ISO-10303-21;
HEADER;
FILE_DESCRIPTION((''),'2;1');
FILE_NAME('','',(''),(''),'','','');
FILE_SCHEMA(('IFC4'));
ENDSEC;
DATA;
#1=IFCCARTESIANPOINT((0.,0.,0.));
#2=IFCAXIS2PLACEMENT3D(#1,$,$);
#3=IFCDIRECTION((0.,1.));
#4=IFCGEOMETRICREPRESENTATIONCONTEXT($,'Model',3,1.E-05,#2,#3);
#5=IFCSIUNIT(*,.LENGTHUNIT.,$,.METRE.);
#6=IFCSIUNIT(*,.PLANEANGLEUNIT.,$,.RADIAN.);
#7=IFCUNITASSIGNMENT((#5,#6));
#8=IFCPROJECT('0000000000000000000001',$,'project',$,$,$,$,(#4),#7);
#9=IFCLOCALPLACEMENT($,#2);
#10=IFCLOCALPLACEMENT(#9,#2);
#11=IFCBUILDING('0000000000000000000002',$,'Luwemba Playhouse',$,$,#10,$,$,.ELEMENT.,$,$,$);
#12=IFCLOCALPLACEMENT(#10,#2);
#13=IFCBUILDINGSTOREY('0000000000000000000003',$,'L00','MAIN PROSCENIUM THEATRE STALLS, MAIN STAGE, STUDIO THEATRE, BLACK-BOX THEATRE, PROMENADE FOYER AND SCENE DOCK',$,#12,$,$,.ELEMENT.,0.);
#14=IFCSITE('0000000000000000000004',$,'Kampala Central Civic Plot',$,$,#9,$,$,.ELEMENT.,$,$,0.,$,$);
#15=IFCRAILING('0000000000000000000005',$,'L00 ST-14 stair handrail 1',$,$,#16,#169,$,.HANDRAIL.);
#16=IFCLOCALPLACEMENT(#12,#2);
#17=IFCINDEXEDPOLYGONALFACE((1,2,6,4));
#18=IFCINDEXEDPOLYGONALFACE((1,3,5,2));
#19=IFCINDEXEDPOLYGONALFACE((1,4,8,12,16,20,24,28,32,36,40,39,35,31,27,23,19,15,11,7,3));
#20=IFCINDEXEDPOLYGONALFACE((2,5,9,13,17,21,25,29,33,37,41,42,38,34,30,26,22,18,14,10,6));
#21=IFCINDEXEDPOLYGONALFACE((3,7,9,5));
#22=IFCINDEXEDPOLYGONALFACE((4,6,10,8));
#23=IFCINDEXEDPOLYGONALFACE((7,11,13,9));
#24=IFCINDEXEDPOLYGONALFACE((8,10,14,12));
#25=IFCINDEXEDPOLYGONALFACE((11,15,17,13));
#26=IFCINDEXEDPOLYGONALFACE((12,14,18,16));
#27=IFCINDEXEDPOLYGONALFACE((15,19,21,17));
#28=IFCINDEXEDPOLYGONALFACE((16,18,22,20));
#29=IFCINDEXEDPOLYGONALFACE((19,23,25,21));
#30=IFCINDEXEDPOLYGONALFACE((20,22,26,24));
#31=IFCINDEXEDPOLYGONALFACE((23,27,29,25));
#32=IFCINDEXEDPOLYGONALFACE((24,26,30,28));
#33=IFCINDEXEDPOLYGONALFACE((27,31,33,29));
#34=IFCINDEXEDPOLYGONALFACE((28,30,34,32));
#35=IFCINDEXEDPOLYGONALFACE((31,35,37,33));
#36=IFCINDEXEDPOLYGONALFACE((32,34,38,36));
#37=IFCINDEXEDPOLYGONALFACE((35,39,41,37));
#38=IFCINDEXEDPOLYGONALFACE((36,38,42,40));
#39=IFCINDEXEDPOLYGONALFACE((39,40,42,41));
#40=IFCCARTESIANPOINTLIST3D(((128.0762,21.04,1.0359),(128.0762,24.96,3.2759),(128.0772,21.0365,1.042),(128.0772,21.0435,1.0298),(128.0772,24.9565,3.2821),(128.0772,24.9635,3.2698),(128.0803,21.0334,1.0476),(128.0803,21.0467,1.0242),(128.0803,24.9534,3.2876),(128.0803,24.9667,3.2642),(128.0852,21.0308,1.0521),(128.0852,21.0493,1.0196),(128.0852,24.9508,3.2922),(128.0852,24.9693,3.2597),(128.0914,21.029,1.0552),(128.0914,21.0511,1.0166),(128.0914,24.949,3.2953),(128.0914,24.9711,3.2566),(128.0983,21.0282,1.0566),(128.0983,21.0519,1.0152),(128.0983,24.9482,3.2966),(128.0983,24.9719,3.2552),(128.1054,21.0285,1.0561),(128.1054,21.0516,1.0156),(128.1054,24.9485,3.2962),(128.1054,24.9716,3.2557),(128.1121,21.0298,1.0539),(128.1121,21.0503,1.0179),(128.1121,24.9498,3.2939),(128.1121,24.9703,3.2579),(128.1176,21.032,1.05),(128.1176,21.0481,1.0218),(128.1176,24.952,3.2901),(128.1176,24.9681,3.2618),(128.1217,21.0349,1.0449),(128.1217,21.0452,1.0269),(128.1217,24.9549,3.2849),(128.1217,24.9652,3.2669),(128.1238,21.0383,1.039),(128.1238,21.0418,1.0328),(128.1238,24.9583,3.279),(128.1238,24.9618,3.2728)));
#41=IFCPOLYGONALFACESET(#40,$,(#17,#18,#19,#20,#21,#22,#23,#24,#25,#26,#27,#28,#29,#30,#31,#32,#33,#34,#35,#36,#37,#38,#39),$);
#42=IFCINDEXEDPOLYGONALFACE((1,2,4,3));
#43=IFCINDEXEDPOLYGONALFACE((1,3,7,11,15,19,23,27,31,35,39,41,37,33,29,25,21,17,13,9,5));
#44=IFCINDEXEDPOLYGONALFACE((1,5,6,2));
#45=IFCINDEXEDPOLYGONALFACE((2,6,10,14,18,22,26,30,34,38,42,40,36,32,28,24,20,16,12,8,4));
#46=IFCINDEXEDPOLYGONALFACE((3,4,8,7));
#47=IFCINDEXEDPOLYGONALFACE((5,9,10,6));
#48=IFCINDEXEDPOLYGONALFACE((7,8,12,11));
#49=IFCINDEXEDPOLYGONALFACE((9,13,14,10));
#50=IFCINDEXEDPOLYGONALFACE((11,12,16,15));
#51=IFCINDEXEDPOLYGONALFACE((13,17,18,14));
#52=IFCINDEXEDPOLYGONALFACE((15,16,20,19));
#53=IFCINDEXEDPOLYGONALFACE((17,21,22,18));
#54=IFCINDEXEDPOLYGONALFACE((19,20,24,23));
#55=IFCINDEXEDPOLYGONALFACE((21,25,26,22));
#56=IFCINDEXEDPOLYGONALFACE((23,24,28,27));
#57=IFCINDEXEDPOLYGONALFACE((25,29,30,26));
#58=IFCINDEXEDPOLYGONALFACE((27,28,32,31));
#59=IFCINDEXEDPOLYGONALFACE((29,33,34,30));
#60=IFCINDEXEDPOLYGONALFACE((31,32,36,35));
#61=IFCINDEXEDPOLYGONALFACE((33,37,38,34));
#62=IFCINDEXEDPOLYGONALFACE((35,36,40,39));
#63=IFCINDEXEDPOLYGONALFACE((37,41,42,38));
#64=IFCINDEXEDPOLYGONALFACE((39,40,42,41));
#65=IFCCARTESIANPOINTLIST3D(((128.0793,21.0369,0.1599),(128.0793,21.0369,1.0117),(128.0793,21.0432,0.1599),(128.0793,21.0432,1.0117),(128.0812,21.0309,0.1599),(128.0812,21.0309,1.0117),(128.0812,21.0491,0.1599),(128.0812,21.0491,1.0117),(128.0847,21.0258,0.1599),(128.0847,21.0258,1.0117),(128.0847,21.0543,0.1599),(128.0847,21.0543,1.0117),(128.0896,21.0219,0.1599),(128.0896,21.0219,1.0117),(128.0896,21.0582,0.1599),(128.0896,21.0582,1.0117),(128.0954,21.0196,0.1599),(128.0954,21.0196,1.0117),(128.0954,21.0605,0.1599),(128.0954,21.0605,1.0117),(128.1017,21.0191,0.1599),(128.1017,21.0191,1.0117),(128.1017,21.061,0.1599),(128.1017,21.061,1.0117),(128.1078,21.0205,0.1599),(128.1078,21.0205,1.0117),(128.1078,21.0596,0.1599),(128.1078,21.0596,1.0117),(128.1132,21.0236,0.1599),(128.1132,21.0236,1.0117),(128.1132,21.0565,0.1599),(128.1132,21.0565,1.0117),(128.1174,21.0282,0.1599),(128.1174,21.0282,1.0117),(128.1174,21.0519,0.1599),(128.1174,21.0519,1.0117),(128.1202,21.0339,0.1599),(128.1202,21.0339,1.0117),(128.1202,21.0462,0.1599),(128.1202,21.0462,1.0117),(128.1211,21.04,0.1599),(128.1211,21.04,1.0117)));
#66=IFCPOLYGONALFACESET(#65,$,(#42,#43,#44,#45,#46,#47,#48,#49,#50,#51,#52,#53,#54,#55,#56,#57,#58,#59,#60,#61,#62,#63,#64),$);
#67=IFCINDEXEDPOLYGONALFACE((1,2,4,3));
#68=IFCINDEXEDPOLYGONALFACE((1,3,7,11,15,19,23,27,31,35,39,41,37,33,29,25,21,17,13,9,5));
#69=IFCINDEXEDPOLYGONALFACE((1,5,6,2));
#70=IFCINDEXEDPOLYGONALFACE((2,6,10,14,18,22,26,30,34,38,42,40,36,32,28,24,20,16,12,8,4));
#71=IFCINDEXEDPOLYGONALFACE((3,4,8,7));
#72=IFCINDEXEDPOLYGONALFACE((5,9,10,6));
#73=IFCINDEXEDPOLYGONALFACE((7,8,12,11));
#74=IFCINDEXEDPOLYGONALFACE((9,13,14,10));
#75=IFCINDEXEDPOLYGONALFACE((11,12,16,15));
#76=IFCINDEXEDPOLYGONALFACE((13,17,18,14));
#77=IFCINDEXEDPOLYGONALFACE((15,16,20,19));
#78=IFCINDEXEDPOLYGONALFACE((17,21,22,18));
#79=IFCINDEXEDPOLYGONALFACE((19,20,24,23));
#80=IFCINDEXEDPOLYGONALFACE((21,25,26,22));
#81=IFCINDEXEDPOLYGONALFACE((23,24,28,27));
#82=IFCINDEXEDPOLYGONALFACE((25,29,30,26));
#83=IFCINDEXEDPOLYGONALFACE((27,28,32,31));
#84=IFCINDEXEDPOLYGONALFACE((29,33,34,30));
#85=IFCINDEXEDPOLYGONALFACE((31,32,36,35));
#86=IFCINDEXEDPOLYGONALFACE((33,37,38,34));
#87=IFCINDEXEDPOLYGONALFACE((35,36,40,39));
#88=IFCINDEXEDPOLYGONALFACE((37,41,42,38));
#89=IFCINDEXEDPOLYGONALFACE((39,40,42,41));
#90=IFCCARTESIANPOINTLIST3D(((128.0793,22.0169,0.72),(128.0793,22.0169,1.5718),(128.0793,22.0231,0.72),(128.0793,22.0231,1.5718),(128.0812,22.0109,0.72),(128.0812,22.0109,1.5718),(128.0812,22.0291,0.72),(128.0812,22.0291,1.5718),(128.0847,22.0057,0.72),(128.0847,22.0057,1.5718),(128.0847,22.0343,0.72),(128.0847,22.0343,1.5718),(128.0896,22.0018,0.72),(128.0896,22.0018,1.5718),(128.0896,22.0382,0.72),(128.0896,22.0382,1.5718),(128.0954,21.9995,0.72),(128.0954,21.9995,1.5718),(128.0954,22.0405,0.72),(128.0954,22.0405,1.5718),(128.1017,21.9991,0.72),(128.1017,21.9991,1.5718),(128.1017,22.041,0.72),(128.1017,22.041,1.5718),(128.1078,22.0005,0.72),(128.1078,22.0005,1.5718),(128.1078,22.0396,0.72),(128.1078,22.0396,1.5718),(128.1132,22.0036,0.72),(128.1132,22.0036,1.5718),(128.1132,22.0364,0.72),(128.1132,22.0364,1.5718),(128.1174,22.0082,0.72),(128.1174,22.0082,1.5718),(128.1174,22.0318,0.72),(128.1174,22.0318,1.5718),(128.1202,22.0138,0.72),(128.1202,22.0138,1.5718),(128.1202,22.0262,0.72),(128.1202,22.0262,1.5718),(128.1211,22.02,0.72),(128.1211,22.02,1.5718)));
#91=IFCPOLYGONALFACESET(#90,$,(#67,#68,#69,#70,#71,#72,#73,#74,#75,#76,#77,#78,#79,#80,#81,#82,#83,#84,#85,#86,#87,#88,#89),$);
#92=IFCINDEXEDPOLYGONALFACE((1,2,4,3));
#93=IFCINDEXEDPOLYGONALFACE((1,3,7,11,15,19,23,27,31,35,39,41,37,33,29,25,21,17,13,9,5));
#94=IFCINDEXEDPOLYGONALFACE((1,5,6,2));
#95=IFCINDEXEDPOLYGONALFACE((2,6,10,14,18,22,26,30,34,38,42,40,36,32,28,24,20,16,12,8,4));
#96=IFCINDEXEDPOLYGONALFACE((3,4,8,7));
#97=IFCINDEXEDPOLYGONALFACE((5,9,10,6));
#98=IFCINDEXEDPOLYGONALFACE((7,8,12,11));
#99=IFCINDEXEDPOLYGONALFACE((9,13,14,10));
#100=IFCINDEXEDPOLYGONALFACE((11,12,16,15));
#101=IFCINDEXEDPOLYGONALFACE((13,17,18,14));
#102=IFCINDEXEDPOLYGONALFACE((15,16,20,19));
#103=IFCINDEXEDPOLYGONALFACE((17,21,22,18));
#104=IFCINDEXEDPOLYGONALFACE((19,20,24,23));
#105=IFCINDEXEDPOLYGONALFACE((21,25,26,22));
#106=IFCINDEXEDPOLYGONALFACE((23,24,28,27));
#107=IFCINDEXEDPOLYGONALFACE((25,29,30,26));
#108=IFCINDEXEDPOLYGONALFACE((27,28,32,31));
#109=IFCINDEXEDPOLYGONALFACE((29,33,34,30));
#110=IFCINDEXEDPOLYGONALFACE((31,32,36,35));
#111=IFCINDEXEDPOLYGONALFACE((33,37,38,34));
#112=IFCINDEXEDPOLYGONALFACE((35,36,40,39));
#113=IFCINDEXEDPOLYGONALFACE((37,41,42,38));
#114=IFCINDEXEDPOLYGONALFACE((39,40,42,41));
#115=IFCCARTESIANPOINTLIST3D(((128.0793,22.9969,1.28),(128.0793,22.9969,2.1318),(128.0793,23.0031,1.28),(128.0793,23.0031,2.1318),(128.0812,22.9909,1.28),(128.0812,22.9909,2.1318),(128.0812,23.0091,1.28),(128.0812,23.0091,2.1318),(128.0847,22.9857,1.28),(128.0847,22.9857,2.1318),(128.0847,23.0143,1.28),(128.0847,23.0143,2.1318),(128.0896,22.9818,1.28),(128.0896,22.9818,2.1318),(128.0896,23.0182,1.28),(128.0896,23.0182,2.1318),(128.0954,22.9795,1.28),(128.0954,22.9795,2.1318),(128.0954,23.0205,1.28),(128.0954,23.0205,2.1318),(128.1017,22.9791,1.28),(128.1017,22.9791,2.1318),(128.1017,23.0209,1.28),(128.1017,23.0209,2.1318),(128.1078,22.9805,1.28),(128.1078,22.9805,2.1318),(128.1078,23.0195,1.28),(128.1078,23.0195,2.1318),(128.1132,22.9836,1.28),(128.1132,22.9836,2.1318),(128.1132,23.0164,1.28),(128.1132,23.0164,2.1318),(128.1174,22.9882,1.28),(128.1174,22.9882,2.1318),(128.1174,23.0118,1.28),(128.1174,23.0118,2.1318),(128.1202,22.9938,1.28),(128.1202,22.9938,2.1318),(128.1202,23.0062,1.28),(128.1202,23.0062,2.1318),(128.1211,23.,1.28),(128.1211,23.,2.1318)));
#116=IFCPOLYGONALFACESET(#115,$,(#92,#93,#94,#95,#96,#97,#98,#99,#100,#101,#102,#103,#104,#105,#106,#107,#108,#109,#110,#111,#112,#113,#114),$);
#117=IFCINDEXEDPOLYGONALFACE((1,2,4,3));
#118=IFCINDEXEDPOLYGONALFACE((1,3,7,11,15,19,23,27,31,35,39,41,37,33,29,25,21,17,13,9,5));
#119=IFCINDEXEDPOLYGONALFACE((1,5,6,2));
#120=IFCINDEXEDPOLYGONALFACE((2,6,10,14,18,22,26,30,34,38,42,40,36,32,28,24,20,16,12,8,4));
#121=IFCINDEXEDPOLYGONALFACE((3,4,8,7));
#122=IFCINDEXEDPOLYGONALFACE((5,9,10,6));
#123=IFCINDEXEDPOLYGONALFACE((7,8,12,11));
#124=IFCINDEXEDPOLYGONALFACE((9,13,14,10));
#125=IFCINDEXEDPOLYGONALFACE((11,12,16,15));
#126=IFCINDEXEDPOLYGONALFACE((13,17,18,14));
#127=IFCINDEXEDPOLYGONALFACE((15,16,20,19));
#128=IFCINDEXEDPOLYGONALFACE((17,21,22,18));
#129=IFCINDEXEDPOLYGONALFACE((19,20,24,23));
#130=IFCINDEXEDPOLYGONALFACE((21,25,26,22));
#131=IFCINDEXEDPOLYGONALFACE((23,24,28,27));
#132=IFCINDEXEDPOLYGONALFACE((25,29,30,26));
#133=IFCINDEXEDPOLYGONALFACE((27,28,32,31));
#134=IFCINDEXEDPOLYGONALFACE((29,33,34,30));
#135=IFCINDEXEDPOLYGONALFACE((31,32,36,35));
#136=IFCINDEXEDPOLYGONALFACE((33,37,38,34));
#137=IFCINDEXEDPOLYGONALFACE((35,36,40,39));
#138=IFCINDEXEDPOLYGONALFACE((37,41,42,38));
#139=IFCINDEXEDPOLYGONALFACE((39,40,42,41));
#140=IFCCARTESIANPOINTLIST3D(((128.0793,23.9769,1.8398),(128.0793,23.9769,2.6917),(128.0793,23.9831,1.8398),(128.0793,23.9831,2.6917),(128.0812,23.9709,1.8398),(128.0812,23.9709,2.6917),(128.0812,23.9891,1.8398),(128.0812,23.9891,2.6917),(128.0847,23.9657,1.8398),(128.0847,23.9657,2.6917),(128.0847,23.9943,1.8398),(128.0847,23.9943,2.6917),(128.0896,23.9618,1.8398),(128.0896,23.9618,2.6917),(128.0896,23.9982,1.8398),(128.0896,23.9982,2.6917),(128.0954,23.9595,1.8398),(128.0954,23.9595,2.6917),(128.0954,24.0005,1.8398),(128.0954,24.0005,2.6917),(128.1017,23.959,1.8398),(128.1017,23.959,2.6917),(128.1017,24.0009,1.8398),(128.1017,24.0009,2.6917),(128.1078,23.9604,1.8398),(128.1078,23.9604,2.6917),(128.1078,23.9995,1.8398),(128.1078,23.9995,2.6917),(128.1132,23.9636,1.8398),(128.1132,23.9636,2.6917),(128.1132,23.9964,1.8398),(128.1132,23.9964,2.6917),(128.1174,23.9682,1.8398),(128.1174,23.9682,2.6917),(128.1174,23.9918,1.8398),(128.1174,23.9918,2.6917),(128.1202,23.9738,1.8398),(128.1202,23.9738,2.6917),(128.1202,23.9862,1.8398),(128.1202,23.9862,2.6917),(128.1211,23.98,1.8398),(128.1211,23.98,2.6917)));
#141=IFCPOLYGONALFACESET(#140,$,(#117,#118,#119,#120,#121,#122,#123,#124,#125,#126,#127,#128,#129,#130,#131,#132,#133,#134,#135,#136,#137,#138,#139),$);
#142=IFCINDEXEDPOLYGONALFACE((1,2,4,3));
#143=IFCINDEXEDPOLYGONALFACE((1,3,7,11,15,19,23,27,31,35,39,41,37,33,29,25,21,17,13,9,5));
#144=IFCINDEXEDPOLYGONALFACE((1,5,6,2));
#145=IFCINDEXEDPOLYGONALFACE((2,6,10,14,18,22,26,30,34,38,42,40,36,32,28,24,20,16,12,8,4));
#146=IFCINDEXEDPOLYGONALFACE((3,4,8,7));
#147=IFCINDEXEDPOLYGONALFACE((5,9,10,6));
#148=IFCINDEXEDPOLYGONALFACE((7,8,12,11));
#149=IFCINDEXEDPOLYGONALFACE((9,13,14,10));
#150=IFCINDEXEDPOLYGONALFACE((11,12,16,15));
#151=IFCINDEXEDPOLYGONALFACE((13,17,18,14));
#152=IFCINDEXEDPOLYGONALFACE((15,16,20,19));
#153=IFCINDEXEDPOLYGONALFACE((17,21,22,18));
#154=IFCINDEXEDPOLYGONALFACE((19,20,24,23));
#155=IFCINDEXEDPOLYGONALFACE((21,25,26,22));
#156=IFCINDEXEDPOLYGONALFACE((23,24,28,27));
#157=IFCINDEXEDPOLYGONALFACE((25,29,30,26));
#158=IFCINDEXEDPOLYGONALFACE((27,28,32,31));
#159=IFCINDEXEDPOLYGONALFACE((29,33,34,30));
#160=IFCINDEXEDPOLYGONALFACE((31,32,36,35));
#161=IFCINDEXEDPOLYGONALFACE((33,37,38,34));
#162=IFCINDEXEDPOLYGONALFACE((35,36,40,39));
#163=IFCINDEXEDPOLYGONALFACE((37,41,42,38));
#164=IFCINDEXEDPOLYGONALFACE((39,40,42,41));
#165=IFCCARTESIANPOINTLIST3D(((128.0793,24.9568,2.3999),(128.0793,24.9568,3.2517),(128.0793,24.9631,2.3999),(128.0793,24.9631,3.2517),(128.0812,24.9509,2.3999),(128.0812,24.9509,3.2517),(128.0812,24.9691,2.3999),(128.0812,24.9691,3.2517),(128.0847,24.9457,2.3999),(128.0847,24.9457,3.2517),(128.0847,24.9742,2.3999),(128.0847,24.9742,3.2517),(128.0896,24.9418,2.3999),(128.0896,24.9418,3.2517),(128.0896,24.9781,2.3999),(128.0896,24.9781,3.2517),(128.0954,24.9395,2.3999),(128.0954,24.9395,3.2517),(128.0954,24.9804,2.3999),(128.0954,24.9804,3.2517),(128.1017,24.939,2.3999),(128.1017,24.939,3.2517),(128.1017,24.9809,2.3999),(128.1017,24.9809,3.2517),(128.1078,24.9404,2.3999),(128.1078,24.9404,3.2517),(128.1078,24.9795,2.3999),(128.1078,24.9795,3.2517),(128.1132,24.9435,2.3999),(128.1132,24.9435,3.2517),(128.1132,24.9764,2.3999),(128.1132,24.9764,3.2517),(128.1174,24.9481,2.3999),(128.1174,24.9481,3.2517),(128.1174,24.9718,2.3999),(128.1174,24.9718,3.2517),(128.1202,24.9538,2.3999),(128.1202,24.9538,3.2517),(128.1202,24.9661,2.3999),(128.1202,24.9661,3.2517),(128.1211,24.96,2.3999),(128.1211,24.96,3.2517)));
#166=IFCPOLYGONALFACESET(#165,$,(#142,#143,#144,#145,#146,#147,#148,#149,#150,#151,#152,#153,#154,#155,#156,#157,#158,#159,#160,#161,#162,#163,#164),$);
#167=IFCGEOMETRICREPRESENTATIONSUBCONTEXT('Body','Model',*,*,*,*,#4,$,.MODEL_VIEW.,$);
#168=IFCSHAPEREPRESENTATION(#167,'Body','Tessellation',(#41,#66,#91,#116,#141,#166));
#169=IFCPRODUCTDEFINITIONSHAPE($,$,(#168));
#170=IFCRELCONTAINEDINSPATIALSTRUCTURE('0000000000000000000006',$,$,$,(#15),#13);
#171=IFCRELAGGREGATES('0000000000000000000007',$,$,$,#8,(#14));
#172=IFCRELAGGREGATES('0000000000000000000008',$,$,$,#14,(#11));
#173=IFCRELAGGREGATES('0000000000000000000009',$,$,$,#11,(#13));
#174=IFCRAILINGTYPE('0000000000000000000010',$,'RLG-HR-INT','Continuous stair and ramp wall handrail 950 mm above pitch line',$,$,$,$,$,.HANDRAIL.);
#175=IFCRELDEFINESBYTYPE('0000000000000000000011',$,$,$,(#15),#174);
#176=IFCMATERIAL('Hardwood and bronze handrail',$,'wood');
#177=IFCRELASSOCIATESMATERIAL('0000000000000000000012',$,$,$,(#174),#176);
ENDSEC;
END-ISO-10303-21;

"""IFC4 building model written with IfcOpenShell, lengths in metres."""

from ifc_helpers import new_model, si_unit, direction, frame, origin, origin_2d, place, context, subcontext, project, spatial, circle, extrude, material, type_object, element, save


model = new_model("IFC4")

# Units and contexts
model_context = context("Model", 3, precision=1e-05, world=origin(), true_north=direction((0.0, 1.0)))
body_context = subcontext(model_context, "Body", "Model", "MODEL_VIEW")
ifc_project = project(units=[si_unit("LENGTHUNIT", "METRE"), si_unit("PLANEANGLEUNIT", "RADIAN")], contexts=[model_context])

# Site, building, storey
site_placement = place(None, origin())
site = spatial("IfcSite", under=ifc_project, at=site_placement, Name="Kampala Central Civic Plot", CompositionType="ELEMENT", RefElevation=0.0)
building_placement = place(site_placement, origin())
building = spatial("IfcBuilding", under=site, at=building_placement, Name="Luwemba Playhouse", CompositionType="ELEMENT")
storey_placement = place(building_placement, origin())
storey = spatial("IfcBuildingStorey", under=building, at=storey_placement, Name="L00", Description="MAIN PROSCENIUM THEATRE STALLS, MAIN STAGE, STUDIO THEATRE, BLACK-BOX THEATRE, PROMENADE FOYER AND SCENE DOCK", CompositionType="ELEMENT", Elevation=0.0)

# Railing
ifc_material_1 = material(Name="Hardwood and bronze handrail", Category="wood")
railing_type = type_object("IfcRailingType", Name="RLG-HR-INT", Description="Continuous stair and ramp wall handrail 950 mm above pitch line", PredefinedType="HANDRAIL", material=ifc_material_1)
railing_placement = place(storey_placement, frame((128.1001, 21.04, 0.1599)))
element("IfcRailing", 1, at=railing_placement, inside=storey, type_object=railing_type, Name="L00 ST-14 stair handrail 1", PredefinedType="HANDRAIL", context=body_context, shape_type="SweptSolid", body=[
    extrude(circle(Radius=0.0239, at=origin_2d()), frame((0.0, 0.0, 0.876), z_axis=(0.0, 0.86824, 0.496145), x_axis=(-1.0, 0.0, 0.0)), (0.0, 0.0, 1.0), 4.5149),
    extrude(circle(Radius=0.021, at=origin_2d()), origin(), (0.0, 0.0, 1.0), 0.8518),
    extrude(circle(Radius=0.021, at=origin_2d()), frame((0.0, 0.98, 0.5601)), (0.0, 0.0, 1.0), 0.8518),
    extrude(circle(Radius=0.021, at=origin_2d()), frame((0.0, 1.96, 1.1201)), (0.0, 0.0, 1.0), 0.8518),
    extrude(circle(Radius=0.021, at=origin_2d()), frame((0.0, 2.9399, 1.6799)), (0.0, 0.0, 1.0), 0.8518),
    extrude(circle(Radius=0.021, at=origin_2d()), frame((0.0, 3.9199, 2.24)), (0.0, 0.0, 1.0), 0.8518),
])

save(model, "model.ifc")
